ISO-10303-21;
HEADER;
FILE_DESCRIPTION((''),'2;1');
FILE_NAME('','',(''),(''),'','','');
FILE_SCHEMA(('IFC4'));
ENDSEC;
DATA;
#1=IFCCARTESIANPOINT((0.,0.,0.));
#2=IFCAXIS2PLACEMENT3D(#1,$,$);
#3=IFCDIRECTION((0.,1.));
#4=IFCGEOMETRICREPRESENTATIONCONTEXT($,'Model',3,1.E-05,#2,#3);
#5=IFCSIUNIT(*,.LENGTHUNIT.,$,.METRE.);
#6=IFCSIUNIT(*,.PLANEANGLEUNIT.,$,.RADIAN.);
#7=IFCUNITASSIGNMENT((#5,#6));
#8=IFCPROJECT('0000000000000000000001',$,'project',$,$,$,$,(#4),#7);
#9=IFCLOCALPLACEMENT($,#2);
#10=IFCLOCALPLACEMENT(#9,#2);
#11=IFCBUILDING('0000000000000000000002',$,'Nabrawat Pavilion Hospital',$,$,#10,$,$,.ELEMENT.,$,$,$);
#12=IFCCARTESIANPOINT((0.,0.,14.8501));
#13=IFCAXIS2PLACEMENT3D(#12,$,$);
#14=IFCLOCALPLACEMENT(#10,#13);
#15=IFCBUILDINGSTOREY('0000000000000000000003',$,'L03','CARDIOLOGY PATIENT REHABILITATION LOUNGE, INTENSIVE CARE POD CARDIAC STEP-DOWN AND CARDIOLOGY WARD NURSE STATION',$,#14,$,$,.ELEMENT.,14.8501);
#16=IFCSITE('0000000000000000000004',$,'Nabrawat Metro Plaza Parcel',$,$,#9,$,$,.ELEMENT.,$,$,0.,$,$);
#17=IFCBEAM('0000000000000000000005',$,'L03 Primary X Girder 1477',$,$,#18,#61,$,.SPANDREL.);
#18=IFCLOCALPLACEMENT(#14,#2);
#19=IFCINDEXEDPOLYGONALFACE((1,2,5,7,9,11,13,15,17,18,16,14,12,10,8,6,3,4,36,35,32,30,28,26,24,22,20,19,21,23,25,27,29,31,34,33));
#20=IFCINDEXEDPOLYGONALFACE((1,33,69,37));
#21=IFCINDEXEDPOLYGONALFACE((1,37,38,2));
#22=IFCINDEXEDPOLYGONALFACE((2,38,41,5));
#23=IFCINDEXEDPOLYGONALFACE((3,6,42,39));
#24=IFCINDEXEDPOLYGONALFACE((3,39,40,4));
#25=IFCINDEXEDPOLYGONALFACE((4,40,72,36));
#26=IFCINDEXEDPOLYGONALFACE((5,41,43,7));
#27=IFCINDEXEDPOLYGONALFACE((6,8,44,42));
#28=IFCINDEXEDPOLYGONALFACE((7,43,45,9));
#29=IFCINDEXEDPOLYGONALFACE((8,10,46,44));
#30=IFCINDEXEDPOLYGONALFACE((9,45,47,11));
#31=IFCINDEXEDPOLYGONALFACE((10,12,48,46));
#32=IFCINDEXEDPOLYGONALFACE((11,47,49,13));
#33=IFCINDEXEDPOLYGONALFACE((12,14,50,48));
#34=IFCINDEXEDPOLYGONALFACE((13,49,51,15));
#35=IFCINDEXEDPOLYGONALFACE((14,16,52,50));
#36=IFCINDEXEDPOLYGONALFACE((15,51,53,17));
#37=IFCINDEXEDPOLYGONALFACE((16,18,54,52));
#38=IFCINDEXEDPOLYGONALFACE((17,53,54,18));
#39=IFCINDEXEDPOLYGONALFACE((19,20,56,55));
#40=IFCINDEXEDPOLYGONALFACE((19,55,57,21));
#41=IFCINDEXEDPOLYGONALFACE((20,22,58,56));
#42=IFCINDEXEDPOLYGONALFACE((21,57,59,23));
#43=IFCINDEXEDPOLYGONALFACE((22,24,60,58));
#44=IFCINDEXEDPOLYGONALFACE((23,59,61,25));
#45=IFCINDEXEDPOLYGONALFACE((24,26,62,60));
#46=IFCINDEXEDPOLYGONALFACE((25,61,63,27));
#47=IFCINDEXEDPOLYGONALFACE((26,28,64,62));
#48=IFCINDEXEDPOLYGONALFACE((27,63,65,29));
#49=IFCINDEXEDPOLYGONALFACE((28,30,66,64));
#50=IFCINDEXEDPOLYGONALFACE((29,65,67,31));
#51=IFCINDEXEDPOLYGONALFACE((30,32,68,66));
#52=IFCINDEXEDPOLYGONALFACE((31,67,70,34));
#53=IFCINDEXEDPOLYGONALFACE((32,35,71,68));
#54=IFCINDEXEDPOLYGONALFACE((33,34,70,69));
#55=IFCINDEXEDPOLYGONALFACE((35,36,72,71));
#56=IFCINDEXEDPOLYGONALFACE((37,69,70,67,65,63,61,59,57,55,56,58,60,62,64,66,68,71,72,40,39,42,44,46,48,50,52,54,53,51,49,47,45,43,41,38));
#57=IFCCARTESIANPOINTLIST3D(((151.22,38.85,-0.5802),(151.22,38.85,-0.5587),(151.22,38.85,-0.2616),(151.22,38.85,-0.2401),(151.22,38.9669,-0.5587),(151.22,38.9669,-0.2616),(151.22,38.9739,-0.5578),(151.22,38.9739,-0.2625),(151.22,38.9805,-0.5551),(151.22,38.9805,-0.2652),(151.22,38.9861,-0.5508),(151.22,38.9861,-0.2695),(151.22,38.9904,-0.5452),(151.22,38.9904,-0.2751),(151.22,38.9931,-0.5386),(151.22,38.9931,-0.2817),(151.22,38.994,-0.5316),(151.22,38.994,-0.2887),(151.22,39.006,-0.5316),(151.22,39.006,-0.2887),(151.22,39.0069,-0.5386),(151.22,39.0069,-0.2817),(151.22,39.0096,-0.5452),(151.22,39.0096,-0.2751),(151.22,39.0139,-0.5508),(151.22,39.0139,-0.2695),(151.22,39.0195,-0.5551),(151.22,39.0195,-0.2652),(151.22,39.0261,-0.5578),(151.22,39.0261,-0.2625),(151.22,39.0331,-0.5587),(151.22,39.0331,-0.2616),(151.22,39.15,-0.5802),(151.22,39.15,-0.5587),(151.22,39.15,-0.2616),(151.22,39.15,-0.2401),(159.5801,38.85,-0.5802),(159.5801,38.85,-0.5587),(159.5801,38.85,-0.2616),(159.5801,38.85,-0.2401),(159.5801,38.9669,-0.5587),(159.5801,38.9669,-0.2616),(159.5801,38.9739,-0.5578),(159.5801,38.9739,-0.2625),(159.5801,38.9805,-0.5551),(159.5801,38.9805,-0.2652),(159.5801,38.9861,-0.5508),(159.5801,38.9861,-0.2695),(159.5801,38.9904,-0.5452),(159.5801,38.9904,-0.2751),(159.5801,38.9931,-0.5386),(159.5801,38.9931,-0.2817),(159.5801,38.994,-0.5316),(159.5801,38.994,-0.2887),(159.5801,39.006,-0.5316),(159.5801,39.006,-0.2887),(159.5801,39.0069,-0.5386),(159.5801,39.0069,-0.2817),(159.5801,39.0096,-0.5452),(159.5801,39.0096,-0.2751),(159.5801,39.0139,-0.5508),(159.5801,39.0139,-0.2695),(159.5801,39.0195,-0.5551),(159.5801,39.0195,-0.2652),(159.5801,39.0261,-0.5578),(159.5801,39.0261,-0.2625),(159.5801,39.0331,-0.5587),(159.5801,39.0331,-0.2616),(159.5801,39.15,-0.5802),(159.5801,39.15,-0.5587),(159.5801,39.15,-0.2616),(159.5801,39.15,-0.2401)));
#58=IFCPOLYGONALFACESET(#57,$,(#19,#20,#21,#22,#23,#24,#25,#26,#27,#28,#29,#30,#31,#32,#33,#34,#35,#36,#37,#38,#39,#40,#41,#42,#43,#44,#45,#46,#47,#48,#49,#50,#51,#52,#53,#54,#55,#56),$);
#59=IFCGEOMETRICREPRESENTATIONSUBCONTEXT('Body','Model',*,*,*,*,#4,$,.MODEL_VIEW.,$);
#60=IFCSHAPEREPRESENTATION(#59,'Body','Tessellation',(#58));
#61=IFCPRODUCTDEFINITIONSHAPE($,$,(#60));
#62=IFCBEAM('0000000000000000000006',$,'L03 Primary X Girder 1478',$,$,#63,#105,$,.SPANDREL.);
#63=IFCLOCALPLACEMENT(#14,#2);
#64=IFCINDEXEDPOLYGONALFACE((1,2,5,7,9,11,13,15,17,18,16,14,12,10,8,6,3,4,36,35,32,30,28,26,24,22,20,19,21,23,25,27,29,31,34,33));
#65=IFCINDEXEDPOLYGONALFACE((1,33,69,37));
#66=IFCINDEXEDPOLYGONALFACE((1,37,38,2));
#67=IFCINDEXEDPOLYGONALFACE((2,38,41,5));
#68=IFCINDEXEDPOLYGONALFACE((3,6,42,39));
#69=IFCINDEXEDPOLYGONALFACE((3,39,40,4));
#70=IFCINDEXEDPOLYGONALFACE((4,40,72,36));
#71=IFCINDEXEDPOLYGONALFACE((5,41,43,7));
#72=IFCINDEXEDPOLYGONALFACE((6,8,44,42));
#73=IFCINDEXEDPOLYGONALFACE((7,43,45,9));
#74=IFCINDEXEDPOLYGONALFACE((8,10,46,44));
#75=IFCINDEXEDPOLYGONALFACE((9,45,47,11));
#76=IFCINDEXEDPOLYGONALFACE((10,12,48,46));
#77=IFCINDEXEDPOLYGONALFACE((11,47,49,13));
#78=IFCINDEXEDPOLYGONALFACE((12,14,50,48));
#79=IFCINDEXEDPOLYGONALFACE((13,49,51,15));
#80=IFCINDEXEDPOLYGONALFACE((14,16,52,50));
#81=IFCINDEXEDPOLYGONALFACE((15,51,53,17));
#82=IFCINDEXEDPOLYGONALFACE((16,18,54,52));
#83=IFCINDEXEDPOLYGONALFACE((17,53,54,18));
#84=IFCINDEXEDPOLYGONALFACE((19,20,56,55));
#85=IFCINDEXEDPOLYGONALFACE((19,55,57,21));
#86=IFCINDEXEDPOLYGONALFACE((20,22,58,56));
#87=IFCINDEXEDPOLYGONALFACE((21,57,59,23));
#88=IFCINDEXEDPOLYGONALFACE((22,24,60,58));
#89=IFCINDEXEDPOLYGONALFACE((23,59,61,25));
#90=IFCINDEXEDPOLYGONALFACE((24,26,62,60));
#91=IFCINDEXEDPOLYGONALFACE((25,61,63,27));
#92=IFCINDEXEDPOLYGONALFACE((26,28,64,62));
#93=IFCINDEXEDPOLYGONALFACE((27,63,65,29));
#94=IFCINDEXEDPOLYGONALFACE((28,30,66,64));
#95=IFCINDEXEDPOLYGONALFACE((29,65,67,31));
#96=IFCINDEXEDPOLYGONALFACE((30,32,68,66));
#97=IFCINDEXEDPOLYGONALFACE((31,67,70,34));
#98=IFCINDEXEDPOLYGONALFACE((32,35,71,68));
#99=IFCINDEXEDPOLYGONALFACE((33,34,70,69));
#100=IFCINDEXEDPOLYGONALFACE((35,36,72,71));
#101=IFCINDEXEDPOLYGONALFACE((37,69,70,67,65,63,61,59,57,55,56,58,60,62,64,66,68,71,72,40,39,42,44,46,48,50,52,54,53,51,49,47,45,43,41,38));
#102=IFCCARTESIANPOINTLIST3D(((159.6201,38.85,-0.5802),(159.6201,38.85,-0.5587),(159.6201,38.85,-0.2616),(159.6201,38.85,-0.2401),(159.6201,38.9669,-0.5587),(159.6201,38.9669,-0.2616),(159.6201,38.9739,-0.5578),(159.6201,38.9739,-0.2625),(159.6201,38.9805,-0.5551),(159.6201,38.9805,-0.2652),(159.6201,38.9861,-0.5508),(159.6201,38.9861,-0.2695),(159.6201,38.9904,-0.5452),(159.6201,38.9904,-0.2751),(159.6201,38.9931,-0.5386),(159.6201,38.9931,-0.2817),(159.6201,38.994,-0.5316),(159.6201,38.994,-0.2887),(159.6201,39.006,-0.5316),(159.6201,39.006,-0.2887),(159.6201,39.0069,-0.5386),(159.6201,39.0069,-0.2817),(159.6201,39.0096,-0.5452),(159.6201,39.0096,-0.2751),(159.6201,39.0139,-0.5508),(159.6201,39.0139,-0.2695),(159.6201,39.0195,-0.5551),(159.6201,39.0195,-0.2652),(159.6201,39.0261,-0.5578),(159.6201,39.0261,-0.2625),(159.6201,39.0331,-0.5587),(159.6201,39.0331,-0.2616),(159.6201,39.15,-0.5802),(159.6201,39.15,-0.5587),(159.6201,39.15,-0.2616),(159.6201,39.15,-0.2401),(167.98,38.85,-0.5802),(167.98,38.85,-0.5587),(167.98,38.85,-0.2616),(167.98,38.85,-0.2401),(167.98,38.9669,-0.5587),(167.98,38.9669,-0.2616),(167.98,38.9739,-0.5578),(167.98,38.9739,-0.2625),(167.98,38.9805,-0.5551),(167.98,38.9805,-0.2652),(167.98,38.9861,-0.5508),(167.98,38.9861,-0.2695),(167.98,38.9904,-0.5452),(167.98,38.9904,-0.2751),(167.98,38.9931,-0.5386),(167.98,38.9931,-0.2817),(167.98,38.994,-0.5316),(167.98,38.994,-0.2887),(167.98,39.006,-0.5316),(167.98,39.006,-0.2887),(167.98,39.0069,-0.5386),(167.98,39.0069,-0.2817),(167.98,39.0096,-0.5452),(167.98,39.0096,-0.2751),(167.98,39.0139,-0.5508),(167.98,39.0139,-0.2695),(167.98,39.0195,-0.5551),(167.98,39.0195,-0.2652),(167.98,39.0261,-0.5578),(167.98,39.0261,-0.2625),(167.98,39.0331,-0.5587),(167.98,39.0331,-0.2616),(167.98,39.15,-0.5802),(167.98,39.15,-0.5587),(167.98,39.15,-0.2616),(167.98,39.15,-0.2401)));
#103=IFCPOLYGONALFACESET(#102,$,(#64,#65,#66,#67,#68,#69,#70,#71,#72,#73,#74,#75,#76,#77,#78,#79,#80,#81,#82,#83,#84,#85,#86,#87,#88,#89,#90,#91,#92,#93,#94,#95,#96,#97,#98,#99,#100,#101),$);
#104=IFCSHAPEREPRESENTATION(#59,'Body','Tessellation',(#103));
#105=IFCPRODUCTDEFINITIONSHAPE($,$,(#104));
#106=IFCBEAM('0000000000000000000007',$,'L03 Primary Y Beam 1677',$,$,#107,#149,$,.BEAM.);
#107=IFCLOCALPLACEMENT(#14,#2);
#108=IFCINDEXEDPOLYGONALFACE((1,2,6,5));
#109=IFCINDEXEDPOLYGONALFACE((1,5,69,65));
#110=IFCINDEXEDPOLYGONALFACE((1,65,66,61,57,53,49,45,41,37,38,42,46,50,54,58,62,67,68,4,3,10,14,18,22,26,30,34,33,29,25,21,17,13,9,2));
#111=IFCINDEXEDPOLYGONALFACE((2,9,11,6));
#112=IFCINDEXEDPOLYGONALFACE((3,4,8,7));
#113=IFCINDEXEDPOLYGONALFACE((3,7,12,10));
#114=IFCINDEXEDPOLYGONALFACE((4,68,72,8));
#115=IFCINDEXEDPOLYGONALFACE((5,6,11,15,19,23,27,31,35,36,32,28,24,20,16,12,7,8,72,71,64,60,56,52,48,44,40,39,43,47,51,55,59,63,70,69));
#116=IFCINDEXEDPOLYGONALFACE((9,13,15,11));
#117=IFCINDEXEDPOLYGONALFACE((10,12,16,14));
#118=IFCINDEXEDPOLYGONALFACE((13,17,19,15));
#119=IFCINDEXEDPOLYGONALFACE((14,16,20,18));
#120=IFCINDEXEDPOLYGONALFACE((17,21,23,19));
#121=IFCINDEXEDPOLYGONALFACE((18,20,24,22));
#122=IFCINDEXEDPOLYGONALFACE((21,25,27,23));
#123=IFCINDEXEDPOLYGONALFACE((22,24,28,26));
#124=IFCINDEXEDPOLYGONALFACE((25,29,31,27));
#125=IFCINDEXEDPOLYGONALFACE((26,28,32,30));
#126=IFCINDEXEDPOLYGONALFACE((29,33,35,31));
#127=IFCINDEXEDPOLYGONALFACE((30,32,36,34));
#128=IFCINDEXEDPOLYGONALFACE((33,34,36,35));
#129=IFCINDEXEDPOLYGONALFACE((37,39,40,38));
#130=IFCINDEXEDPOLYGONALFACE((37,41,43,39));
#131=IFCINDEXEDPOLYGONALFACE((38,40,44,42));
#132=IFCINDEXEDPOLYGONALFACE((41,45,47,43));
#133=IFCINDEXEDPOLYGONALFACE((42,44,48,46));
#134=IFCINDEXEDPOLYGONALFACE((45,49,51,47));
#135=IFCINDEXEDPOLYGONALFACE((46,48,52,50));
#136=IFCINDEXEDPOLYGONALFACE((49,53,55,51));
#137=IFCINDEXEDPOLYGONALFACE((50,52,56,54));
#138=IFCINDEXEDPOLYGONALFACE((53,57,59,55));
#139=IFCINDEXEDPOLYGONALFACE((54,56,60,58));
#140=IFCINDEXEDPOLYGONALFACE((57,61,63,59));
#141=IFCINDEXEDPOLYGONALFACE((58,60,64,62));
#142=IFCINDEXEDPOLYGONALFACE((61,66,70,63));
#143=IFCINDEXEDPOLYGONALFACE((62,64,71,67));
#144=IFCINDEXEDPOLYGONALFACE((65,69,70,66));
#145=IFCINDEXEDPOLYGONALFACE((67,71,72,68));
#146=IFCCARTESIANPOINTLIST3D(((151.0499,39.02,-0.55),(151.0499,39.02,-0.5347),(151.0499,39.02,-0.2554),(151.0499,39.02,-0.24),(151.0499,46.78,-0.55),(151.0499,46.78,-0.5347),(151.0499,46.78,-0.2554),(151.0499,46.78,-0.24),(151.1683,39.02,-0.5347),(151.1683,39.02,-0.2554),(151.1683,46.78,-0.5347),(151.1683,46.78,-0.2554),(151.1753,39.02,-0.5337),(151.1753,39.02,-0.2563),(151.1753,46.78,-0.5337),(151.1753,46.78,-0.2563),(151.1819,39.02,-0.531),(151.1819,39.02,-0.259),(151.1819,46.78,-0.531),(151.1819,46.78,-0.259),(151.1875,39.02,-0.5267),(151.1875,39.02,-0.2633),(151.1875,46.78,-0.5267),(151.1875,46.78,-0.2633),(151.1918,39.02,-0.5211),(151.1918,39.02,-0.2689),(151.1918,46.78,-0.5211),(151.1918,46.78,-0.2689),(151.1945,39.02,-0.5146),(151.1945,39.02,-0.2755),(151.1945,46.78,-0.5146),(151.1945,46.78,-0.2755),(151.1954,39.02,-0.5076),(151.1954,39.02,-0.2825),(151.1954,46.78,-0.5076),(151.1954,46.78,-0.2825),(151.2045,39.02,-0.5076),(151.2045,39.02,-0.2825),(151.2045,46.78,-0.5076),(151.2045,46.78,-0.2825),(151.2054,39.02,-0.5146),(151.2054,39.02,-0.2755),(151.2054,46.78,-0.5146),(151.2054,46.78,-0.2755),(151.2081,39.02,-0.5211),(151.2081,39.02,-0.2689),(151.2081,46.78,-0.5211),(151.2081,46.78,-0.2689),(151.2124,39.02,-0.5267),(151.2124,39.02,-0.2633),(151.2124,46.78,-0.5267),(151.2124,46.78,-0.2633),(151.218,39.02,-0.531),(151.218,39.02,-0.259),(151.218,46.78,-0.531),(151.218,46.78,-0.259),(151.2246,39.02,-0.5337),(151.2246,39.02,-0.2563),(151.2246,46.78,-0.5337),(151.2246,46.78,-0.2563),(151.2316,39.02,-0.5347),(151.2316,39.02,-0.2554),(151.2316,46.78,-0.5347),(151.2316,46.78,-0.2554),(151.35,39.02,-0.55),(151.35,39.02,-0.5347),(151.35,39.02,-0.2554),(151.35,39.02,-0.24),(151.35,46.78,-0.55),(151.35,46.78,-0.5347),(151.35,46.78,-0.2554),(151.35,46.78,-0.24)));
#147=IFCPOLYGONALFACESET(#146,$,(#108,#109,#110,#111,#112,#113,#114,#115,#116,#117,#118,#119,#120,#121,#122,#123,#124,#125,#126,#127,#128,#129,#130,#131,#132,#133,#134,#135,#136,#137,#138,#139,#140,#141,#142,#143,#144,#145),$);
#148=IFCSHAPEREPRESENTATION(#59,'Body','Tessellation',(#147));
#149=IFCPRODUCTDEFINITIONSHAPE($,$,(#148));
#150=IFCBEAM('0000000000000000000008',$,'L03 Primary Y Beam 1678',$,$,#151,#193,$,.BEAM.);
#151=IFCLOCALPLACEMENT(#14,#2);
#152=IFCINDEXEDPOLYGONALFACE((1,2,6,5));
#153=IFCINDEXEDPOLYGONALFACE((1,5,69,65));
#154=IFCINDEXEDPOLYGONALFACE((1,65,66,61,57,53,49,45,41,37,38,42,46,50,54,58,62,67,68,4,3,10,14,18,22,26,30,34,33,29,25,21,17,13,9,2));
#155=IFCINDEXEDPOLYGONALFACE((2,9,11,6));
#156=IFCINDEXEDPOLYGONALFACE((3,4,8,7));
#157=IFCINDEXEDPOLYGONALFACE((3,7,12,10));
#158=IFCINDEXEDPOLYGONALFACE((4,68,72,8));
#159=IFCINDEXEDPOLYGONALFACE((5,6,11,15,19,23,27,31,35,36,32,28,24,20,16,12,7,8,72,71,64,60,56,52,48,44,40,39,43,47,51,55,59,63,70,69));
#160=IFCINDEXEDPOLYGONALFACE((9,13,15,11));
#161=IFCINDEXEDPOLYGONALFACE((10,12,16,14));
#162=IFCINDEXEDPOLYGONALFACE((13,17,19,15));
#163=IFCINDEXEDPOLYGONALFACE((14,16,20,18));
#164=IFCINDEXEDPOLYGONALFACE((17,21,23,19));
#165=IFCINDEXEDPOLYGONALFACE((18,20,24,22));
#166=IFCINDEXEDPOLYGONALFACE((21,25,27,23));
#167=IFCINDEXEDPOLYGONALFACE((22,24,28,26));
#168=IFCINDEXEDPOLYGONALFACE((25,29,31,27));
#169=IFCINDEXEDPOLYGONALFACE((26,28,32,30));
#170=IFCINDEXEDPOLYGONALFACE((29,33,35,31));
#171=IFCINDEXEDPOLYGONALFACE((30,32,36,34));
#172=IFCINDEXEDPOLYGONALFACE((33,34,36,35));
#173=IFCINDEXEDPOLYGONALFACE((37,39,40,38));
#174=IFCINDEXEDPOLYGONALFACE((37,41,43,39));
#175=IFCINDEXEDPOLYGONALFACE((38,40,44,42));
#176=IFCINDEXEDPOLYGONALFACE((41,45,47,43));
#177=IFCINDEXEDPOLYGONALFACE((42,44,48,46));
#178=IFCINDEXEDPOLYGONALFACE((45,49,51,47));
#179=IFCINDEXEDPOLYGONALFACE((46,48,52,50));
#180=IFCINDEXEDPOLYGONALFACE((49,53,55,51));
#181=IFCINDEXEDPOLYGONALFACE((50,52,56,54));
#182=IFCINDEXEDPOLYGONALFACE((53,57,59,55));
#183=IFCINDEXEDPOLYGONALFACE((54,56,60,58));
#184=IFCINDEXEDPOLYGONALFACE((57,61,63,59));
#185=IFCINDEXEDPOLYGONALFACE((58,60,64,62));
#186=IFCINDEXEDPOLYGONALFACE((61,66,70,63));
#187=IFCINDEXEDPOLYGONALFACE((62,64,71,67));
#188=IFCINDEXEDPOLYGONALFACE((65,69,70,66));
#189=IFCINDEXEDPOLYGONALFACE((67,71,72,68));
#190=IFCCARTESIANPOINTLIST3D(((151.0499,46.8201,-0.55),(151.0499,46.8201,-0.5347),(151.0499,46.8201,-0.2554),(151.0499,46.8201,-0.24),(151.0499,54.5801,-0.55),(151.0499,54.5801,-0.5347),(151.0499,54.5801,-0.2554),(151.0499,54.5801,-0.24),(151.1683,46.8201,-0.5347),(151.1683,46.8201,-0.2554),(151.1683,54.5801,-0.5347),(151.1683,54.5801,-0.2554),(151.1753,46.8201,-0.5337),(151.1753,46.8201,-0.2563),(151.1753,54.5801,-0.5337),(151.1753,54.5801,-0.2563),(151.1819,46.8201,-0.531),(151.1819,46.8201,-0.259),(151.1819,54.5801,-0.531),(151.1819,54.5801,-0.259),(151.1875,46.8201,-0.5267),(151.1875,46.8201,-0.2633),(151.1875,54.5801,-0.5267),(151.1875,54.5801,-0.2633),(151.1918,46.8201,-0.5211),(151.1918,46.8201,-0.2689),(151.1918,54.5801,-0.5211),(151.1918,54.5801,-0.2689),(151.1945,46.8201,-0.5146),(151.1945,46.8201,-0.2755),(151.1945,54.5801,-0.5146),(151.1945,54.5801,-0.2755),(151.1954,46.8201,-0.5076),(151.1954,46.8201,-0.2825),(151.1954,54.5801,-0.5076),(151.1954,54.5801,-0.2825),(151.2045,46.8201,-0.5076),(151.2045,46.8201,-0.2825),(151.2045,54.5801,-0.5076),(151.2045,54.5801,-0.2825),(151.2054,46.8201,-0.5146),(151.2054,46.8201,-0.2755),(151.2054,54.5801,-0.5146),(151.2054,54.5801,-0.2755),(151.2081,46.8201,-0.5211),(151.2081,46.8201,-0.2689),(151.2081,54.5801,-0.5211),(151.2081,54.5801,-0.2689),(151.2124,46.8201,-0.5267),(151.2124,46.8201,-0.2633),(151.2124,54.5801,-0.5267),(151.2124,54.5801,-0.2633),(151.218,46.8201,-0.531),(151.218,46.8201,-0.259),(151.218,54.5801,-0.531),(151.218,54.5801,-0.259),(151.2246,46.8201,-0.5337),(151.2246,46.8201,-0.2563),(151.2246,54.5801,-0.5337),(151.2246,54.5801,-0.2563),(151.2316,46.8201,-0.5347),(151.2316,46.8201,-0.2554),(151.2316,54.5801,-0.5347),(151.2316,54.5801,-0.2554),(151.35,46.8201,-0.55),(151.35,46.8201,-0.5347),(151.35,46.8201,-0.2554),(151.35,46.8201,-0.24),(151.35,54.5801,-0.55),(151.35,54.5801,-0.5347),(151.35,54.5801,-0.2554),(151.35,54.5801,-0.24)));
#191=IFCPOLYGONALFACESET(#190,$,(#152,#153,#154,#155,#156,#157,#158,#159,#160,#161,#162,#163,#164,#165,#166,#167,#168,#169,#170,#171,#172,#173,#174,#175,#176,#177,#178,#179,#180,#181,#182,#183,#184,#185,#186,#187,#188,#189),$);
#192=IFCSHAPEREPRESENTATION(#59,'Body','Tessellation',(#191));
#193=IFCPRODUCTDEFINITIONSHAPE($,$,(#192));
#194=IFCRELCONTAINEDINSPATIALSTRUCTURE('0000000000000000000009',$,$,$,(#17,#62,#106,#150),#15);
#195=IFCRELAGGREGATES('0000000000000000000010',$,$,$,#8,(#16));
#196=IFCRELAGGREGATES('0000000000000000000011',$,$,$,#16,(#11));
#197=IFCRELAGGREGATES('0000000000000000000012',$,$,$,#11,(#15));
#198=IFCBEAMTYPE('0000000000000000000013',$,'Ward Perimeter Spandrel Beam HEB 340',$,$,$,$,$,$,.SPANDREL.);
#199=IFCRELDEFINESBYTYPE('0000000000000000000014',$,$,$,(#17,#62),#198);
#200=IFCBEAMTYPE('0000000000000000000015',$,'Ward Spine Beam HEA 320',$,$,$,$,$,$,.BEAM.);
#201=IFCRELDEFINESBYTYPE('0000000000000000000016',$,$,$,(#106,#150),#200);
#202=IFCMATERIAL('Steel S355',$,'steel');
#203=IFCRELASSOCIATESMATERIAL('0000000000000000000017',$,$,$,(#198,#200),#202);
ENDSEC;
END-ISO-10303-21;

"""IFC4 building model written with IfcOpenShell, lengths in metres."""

from ifc_helpers import new_model, si_unit, direction, frame, origin, origin_2d, place, context, subcontext, project, spatial, i_section, extrude, material, material_profile, profile_set, type_object, element, save


model = new_model("IFC4")

# Units and contexts
model_context = context("Model", 3, precision=1e-05, world=origin(), true_north=direction((0.0, 1.0)))
body_context = subcontext(model_context, "Body", "Model", "MODEL_VIEW")
ifc_project = project(units=[si_unit("LENGTHUNIT", "METRE"), si_unit("PLANEANGLEUNIT", "RADIAN")], contexts=[model_context])

# Site, building, storey
site_placement = place(None, origin())
site = spatial("IfcSite", under=ifc_project, at=site_placement, Name="Nabrawat Metro Plaza Parcel", CompositionType="ELEMENT", RefElevation=0.0)
building_placement = place(site_placement, origin())
building = spatial("IfcBuilding", under=site, at=building_placement, Name="Nabrawat Pavilion Hospital", CompositionType="ELEMENT")
storey_placement = place(building_placement, frame((0.0, 0.0, 14.8501)))
storey = spatial("IfcBuildingStorey", under=building, at=storey_placement, Name="L03", Description="CARDIOLOGY PATIENT REHABILITATION LOUNGE, INTENSIVE CARE POD CARDIAC STEP-DOWN AND CARDIOLOGY WARD NURSE STATION", CompositionType="ELEMENT", Elevation=14.8501)

# Shared definitions
ifc_material_1 = material(Name="Steel S355", Category="steel")

# Beams
ifc_material_profile_1 = material_profile(ifc_material_1, i_section(OverallWidth=0.3, OverallDepth=0.3401, WebThickness=0.012, FlangeThickness=0.0215, FilletRadius=0.0271, at=origin_2d()), Name="HEB 340")
ifc_profile_set_1 = profile_set([ifc_material_profile_1], Name="Steel S355")
beam_type_1 = type_object("IfcBeamType", Name="Ward Perimeter Spandrel Beam HEB 340", PredefinedType="SPANDREL", material=ifc_profile_set_1)
beam_1_placement = place(storey_placement, frame((151.22, 39.0, -0.4102), z_axis=(1.0, 0.0, 0.0), x_axis=(0.0, 1.0, 0.0)))
element("IfcBeam", 1, at=beam_1_placement, inside=storey, type_object=beam_type_1, Name="L03 Primary X Girder 1477", PredefinedType="SPANDREL", context=body_context, shape_type="SweptSolid", body=[
    extrude(i_section(OverallWidth=0.3, OverallDepth=0.3401, WebThickness=0.012, FlangeThickness=0.0215, FilletRadius=0.0271, at=origin_2d()), origin(), (0.0, 0.0, 1.0), 8.3601),
])
beam_2_placement = place(storey_placement, frame((159.6201, 39.0, -0.4102), z_axis=(1.0, 0.0, 0.0), x_axis=(0.0, 1.0, 0.0)))
element("IfcBeam", 2, at=beam_2_placement, inside=storey, type_object=beam_type_1, Name="L03 Primary X Girder 1478", PredefinedType="SPANDREL", context=body_context, shape_type="SweptSolid", body=[
    extrude(i_section(OverallWidth=0.3, OverallDepth=0.3401, WebThickness=0.012, FlangeThickness=0.0215, FilletRadius=0.0271, at=origin_2d()), origin(), (0.0, 0.0, 1.0), 8.3599),
])
ifc_material_profile_2 = material_profile(ifc_material_1, i_section(OverallWidth=0.3, OverallDepth=0.3101, WebThickness=0.009, FlangeThickness=0.0154, FilletRadius=0.0271, at=origin_2d()), Name="HEA 320")
ifc_profile_set_2 = profile_set([ifc_material_profile_2], Name="Steel S355")
beam_type_2 = type_object("IfcBeamType", Name="Ward Spine Beam HEA 320", PredefinedType="BEAM", material=ifc_profile_set_2)
for number, where, z_axis, x_axis, name in (
    (3, (151.2, 39.02, -0.395), (0.0, 1.0, 0.0), (-1.0, 0.0, 0.0), "L03 Primary Y Beam 1677"),
    (4, (151.2, 46.8201, -0.395), (0.0, 1.0, 0.0), (-1.0, 0.0, 0.0), "L03 Primary Y Beam 1678"),
):
    element("IfcBeam", number, at=place(storey_placement, frame(where, z_axis=z_axis, x_axis=x_axis)), inside=storey, type_object=beam_type_2, Name=name, PredefinedType="BEAM", context=body_context, shape_type="SweptSolid", body=[
        extrude(i_section(OverallWidth=0.3, OverallDepth=0.3101, WebThickness=0.009, FlangeThickness=0.0154, FilletRadius=0.0271, at=origin_2d()), origin(), (0.0, 0.0, 1.0), 7.76),
    ])

save(model, "model.ifc")
